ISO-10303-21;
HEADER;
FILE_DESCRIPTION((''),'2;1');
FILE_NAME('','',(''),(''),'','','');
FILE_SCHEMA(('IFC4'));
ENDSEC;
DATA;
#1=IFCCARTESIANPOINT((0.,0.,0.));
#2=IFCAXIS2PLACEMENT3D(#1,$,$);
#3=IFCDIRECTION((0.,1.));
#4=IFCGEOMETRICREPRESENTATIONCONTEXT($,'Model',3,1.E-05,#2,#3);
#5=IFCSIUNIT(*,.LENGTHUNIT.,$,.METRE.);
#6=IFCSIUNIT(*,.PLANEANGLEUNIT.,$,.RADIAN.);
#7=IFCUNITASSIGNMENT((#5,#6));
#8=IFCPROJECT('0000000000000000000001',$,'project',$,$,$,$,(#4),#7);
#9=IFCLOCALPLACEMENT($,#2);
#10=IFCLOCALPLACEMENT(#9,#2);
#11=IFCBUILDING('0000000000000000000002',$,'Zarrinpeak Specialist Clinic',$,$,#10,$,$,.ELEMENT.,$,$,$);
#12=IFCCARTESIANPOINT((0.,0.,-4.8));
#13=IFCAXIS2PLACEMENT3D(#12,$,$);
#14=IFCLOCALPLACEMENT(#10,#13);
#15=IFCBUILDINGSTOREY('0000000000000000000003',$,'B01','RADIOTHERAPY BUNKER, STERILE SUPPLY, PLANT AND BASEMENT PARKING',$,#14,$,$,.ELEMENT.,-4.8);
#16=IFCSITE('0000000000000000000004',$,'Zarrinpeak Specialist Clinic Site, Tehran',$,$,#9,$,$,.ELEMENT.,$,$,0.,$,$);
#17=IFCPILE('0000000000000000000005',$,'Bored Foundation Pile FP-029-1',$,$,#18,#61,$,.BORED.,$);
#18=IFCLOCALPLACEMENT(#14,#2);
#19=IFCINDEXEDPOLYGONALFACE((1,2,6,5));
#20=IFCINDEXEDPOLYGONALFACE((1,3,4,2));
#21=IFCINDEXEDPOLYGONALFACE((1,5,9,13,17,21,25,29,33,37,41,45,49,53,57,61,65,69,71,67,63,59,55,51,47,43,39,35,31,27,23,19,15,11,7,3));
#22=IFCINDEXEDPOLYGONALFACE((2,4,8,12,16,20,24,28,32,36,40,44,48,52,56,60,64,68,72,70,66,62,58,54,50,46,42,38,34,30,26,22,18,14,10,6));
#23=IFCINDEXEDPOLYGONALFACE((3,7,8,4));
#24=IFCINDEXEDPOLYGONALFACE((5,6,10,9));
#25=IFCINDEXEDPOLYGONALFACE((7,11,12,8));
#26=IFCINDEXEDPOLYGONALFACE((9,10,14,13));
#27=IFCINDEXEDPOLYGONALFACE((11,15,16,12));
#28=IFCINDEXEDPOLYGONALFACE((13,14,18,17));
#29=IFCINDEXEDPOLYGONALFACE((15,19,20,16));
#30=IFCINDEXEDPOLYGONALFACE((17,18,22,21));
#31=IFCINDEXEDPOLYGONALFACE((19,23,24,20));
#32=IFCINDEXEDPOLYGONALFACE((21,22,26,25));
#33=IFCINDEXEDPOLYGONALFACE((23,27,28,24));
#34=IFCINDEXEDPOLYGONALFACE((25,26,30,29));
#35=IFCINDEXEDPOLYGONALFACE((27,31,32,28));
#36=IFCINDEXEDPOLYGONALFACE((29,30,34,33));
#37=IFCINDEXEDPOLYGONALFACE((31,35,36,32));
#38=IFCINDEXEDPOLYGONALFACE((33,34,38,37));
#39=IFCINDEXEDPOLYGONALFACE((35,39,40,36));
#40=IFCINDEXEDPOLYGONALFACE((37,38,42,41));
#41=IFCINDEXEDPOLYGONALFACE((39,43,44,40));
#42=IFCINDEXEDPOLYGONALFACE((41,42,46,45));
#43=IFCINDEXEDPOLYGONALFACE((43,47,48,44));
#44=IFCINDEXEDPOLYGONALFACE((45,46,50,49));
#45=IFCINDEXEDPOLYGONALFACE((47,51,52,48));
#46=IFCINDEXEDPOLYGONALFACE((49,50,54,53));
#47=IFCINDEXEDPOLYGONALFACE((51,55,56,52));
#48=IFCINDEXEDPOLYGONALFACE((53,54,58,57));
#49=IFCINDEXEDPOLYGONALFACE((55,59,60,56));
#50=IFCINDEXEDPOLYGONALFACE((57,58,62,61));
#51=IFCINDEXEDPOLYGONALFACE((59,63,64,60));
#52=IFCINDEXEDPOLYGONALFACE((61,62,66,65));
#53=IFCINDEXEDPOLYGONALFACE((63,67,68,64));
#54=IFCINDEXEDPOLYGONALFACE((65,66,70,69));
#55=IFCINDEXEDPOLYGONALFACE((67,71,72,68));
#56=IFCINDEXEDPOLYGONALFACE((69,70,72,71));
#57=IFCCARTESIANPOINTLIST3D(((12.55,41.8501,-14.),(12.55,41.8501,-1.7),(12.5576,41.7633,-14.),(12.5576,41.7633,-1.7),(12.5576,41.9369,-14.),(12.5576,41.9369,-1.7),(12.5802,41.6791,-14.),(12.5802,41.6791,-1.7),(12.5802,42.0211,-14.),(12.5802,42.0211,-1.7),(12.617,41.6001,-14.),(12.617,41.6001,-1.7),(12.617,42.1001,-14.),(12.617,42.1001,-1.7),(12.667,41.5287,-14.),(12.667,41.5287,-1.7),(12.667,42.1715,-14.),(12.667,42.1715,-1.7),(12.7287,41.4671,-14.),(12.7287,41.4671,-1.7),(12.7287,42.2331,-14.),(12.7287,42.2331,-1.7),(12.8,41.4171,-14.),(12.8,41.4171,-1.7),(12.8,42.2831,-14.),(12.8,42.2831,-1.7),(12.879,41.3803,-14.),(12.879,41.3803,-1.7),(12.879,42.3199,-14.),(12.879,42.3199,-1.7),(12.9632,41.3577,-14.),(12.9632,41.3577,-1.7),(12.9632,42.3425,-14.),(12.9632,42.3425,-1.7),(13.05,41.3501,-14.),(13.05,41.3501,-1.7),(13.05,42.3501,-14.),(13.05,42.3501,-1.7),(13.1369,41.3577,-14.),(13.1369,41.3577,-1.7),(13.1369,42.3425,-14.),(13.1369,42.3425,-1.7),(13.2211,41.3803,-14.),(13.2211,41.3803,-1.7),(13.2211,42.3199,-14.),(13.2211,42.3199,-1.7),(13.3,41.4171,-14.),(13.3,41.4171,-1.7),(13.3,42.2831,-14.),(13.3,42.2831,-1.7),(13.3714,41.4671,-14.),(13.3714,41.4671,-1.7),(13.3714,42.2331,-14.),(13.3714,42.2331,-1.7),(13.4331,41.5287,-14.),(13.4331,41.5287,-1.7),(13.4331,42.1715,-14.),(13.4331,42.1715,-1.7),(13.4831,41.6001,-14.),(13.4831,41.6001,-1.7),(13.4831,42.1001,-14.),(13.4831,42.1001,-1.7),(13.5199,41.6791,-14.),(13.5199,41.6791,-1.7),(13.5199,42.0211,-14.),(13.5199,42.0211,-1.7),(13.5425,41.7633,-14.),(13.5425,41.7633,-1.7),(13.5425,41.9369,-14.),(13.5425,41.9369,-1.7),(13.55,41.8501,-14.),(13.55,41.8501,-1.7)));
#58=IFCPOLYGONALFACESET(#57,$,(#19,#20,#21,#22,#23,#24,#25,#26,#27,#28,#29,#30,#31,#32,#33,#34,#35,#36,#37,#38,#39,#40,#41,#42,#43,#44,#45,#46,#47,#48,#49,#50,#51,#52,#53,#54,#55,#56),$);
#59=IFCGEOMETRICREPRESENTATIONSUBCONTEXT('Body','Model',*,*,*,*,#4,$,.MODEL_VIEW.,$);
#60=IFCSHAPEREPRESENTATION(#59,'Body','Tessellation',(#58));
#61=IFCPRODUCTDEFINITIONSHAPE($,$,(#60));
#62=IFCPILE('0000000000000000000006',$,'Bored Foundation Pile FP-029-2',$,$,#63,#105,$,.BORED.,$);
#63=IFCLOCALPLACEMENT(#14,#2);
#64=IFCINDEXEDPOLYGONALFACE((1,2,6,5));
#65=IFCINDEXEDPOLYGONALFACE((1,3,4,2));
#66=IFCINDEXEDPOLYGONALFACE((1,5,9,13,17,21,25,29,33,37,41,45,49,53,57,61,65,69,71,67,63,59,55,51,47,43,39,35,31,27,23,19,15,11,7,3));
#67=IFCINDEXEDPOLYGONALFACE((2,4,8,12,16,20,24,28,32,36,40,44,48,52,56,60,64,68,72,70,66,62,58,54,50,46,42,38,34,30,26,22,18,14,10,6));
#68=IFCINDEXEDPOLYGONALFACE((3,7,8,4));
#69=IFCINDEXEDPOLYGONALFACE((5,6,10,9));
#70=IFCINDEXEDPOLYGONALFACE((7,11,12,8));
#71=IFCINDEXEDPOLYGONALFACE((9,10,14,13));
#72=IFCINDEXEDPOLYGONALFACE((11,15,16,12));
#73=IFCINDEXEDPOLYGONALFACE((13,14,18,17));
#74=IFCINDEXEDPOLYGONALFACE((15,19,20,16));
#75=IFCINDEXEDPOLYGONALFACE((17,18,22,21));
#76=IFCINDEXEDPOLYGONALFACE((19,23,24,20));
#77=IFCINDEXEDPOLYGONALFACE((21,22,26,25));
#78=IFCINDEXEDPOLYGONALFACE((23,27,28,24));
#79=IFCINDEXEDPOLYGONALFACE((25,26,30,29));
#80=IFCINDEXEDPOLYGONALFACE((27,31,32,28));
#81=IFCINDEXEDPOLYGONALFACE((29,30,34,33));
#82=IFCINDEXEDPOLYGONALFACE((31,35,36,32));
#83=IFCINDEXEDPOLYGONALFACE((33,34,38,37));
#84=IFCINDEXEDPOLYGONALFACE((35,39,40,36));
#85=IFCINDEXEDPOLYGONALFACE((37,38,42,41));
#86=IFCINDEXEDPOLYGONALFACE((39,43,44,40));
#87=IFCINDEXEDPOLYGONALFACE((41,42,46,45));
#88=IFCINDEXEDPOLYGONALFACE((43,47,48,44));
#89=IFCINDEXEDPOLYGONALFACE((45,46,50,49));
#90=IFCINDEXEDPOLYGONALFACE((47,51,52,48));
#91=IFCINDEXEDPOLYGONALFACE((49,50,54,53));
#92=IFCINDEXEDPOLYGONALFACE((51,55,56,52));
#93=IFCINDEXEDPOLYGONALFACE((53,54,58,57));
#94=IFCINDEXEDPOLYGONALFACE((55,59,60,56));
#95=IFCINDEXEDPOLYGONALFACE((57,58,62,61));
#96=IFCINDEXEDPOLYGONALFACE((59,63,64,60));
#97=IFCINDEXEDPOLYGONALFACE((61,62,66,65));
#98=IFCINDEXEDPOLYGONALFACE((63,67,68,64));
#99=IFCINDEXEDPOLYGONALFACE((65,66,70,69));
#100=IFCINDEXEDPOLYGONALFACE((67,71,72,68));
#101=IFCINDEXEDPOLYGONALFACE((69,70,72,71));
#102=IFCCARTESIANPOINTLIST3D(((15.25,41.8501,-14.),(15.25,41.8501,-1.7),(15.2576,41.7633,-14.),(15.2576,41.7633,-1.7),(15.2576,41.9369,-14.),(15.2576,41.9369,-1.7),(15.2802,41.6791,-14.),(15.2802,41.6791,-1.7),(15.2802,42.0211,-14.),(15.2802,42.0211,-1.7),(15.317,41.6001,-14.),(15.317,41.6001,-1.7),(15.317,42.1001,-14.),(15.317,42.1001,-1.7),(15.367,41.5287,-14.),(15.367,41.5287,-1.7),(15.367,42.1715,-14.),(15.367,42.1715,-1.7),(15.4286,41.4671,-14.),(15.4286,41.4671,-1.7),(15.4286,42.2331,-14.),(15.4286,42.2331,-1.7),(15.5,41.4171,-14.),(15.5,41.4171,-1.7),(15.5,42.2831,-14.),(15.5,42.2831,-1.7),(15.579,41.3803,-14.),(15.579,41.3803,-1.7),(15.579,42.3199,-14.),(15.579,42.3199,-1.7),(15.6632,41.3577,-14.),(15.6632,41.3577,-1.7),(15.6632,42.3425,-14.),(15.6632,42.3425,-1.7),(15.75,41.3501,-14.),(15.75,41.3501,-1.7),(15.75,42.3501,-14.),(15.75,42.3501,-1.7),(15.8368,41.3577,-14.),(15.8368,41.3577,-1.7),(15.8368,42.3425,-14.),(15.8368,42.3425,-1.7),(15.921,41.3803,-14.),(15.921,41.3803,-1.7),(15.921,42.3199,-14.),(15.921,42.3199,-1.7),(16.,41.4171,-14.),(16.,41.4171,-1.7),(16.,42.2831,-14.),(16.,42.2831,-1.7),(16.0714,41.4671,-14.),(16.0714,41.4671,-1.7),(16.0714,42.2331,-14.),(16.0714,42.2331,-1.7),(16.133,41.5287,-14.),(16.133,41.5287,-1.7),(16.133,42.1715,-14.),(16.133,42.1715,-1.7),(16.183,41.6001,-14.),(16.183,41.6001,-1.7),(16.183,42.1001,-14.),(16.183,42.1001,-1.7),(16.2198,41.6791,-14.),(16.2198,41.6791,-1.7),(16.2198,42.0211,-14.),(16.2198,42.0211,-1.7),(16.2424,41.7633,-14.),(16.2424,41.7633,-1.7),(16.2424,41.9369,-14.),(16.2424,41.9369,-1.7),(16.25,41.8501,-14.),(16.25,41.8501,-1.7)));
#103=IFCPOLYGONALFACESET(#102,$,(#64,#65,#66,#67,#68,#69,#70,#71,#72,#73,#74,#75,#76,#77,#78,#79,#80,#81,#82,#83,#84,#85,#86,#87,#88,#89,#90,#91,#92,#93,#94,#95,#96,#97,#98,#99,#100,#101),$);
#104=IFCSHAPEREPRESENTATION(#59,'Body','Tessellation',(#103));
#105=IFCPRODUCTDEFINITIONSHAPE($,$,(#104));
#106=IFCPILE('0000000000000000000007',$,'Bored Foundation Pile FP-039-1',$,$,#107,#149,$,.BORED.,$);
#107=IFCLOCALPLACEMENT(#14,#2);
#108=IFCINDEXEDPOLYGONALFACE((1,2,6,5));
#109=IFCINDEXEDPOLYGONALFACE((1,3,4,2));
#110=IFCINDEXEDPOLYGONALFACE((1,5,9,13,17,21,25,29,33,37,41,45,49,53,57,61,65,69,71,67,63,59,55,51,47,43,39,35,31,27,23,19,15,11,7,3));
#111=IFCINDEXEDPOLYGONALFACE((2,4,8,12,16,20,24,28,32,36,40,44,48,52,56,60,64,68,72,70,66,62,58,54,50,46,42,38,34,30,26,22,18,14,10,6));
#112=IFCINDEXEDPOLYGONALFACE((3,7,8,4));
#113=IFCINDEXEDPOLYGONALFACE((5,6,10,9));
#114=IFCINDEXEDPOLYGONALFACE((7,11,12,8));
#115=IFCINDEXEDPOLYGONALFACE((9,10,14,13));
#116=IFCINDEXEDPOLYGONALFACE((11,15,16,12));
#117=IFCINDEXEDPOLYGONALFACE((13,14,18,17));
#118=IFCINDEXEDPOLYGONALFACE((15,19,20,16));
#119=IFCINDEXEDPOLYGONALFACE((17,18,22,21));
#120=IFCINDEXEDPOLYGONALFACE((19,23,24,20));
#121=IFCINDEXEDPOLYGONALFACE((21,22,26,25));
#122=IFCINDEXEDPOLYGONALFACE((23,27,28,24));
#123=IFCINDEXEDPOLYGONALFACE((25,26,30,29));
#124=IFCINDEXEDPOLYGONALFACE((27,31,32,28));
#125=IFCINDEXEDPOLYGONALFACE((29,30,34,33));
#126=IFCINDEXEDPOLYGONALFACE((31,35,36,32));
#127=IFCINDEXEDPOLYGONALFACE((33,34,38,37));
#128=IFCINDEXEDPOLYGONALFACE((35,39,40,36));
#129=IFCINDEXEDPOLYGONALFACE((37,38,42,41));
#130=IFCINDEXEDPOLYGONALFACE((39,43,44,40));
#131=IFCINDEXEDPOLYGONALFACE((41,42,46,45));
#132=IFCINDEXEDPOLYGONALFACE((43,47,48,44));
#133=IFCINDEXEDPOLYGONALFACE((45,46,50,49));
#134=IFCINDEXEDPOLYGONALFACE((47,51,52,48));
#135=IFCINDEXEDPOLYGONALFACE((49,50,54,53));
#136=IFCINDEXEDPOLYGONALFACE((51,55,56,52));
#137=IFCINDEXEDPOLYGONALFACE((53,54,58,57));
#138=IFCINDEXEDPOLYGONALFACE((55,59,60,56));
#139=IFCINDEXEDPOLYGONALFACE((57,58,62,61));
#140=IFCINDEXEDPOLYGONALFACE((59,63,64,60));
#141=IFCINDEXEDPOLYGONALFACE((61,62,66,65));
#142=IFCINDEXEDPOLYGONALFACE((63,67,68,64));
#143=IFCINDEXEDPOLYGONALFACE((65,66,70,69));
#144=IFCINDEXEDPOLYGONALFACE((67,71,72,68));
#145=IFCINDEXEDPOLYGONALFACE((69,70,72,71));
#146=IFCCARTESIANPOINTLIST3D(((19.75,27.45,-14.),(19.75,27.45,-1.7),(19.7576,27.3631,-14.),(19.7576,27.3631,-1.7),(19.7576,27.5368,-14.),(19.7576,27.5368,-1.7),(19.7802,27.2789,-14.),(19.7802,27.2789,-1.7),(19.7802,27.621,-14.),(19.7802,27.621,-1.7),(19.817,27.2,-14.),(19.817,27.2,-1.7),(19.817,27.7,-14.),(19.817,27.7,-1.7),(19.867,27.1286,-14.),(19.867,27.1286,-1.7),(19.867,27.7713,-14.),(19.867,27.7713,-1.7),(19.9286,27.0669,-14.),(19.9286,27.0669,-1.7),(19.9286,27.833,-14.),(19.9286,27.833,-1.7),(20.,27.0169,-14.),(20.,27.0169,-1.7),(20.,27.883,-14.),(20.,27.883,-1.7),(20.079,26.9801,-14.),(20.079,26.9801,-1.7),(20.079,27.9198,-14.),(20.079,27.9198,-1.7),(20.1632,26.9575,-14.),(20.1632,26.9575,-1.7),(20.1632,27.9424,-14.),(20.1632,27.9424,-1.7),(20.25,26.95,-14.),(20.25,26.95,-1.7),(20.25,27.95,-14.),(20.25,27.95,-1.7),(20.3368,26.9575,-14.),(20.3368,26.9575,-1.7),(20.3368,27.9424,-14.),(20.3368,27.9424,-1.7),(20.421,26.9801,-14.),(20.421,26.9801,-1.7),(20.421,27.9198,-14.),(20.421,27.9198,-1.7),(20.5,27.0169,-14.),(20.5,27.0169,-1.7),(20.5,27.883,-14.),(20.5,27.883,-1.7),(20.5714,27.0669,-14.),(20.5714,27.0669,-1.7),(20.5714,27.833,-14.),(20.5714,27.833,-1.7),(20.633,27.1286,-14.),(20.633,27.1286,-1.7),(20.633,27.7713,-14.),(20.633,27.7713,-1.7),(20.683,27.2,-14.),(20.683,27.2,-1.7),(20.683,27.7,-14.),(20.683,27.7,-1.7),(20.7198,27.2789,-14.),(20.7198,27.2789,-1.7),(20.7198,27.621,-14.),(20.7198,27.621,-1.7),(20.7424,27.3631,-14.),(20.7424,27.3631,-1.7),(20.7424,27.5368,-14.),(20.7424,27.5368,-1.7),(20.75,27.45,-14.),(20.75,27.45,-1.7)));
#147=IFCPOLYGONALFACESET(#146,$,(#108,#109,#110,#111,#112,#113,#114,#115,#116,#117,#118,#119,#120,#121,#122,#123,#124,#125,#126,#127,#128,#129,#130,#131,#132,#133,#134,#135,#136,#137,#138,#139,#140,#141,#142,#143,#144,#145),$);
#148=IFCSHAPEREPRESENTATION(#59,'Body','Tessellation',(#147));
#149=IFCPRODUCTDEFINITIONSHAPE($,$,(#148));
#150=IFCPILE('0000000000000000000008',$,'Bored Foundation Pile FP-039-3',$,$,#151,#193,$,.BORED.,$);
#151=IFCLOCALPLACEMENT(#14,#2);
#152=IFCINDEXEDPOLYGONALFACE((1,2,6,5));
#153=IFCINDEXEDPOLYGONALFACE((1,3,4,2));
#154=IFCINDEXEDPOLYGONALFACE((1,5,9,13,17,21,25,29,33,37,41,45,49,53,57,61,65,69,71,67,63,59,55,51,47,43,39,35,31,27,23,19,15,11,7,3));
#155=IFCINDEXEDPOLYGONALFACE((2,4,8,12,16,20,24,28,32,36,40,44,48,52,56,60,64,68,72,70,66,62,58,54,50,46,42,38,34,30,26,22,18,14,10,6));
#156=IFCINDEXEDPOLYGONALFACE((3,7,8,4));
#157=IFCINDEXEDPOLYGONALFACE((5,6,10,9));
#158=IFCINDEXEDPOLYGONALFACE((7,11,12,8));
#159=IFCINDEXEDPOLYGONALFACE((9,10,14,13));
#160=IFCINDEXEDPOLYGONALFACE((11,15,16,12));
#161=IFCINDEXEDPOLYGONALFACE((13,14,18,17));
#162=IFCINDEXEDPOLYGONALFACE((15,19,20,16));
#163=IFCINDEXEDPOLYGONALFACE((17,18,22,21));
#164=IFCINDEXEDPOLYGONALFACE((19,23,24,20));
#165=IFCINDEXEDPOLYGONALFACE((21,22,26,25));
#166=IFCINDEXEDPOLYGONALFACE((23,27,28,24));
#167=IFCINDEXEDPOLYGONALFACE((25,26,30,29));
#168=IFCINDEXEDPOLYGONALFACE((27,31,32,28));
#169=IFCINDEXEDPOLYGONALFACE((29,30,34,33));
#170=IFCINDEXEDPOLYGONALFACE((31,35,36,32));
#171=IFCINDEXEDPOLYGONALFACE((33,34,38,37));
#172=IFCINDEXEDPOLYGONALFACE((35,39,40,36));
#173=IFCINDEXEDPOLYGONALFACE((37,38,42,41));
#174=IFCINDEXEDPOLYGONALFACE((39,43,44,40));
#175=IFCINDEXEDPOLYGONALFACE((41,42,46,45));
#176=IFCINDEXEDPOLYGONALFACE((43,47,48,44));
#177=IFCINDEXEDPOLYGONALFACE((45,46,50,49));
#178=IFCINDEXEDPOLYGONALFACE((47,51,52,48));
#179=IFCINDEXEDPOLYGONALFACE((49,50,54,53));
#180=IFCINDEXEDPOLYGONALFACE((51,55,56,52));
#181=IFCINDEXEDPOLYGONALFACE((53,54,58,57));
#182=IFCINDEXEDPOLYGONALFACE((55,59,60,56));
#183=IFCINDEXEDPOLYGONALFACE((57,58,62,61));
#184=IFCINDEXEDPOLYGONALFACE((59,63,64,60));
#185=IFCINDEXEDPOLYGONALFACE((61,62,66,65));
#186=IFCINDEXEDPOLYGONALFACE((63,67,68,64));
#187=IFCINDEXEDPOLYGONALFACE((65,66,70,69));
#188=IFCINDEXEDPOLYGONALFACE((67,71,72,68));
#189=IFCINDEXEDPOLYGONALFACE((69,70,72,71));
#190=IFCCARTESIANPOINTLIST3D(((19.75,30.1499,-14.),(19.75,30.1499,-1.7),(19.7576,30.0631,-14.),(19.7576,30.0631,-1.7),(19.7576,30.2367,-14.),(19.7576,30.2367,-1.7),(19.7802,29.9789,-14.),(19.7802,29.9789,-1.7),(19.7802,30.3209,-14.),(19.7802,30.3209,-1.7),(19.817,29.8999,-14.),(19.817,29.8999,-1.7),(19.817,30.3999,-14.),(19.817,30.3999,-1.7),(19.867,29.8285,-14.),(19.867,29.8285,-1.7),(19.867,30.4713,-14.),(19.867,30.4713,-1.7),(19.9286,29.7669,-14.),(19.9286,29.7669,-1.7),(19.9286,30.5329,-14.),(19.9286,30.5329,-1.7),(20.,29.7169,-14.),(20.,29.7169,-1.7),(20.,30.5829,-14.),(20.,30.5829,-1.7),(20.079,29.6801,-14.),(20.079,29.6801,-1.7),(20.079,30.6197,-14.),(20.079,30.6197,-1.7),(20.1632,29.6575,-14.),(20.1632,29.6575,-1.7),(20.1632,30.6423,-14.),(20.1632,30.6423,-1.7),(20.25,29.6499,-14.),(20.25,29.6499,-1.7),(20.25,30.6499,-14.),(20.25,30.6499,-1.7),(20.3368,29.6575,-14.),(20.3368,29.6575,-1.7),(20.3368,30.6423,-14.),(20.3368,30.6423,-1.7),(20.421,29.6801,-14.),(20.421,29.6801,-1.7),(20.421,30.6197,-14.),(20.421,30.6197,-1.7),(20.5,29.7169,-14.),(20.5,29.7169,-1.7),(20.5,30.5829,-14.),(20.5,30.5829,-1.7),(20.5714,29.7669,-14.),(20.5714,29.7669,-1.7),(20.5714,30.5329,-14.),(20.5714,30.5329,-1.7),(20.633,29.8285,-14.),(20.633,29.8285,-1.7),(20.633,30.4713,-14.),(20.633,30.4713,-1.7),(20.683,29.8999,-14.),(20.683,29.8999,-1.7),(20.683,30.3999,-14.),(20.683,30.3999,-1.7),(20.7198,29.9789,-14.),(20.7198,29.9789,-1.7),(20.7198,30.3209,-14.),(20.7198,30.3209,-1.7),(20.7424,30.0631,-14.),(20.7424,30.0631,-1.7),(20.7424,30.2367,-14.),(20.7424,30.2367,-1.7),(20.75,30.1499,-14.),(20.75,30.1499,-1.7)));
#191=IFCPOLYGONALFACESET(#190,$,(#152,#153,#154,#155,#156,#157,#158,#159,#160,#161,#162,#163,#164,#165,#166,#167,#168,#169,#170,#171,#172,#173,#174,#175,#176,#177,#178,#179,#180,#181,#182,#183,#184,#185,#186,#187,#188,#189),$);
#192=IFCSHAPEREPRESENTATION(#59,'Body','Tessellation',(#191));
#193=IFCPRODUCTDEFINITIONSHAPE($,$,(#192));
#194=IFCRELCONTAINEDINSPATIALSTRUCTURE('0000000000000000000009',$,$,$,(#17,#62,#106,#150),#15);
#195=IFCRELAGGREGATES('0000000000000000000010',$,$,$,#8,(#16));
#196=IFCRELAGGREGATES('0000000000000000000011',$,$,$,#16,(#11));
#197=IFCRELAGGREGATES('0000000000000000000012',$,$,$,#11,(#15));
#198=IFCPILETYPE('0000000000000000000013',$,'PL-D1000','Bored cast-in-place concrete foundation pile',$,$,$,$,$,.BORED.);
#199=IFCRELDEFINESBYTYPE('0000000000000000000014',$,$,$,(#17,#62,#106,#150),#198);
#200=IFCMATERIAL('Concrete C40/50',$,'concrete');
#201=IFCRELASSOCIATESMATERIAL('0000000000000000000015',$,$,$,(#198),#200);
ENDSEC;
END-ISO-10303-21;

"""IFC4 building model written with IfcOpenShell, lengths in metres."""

from ifc_helpers import new_model, si_unit, direction, frame, origin, origin_2d, place, context, subcontext, project, spatial, circle, extrude, material, material_profile, profile_set, type_object, element, save


model = new_model("IFC4")

# Units and contexts
model_context = context("Model", 3, precision=1e-05, world=origin(), true_north=direction((0.0, 1.0)))
body_context = subcontext(model_context, "Body", "Model", "MODEL_VIEW")
ifc_project = project(units=[si_unit("LENGTHUNIT", "METRE"), si_unit("PLANEANGLEUNIT", "RADIAN")], contexts=[model_context])

# Site, building, storey
site_placement = place(None, origin())
site = spatial("IfcSite", under=ifc_project, at=site_placement, Name="Zarrinpeak Specialist Clinic Site, Tehran", CompositionType="ELEMENT", RefElevation=0.0)
building_placement = place(site_placement, origin())
building = spatial("IfcBuilding", under=site, at=building_placement, Name="Zarrinpeak Specialist Clinic", CompositionType="ELEMENT")
storey_placement = place(building_placement, frame((0.0, 0.0, -4.8)))
storey = spatial("IfcBuildingStorey", under=building, at=storey_placement, Name="B01", Description="RADIOTHERAPY BUNKER, STERILE SUPPLY, PLANT AND BASEMENT PARKING", CompositionType="ELEMENT", Elevation=-4.8)

# Shared definitions
ifc_material_1 = material(Name="Concrete C40/50", Category="concrete")

# Piles
ifc_material_profile_1 = material_profile(ifc_material_1, circle(Radius=0.5, at=origin_2d()), Name="BORED PILE D1000")
ifc_profile_set_1 = profile_set([ifc_material_profile_1], Name="Concrete C40/50")
pile_type = type_object("IfcPileType", Name="PL-D1000", Description="Bored cast-in-place concrete foundation pile", PredefinedType="BORED", material=ifc_profile_set_1)
for number, where, z_axis, x_axis, name in (
    (1, (13.05, 41.8501, -1.7), (0.0, 0.0, -1.0), (1.0, 0.0, 0.0), "Bored Foundation Pile FP-029-1"),
    (2, (15.75, 41.8501, -1.7), (0.0, 0.0, -1.0), (1.0, 0.0, 0.0), "Bored Foundation Pile FP-029-2"),
    (3, (20.25, 27.45, -1.7), (0.0, 0.0, -1.0), (1.0, 0.0, 0.0), "Bored Foundation Pile FP-039-1"),
    (4, (20.25, 30.1499, -1.7), (0.0, 0.0, -1.0), (1.0, 0.0, 0.0), "Bored Foundation Pile FP-039-3"),
):
    element("IfcPile", number, at=place(storey_placement, frame(where, z_axis=z_axis, x_axis=x_axis)), inside=storey, type_object=pile_type, Name=name, PredefinedType="BORED", context=body_context, shape_type="SweptSolid", body=[
        extrude(circle(Radius=0.5, at=origin_2d()), origin(), (0.0, 0.0, 1.0), 12.3),
    ])

save(model, "model.ifc")
